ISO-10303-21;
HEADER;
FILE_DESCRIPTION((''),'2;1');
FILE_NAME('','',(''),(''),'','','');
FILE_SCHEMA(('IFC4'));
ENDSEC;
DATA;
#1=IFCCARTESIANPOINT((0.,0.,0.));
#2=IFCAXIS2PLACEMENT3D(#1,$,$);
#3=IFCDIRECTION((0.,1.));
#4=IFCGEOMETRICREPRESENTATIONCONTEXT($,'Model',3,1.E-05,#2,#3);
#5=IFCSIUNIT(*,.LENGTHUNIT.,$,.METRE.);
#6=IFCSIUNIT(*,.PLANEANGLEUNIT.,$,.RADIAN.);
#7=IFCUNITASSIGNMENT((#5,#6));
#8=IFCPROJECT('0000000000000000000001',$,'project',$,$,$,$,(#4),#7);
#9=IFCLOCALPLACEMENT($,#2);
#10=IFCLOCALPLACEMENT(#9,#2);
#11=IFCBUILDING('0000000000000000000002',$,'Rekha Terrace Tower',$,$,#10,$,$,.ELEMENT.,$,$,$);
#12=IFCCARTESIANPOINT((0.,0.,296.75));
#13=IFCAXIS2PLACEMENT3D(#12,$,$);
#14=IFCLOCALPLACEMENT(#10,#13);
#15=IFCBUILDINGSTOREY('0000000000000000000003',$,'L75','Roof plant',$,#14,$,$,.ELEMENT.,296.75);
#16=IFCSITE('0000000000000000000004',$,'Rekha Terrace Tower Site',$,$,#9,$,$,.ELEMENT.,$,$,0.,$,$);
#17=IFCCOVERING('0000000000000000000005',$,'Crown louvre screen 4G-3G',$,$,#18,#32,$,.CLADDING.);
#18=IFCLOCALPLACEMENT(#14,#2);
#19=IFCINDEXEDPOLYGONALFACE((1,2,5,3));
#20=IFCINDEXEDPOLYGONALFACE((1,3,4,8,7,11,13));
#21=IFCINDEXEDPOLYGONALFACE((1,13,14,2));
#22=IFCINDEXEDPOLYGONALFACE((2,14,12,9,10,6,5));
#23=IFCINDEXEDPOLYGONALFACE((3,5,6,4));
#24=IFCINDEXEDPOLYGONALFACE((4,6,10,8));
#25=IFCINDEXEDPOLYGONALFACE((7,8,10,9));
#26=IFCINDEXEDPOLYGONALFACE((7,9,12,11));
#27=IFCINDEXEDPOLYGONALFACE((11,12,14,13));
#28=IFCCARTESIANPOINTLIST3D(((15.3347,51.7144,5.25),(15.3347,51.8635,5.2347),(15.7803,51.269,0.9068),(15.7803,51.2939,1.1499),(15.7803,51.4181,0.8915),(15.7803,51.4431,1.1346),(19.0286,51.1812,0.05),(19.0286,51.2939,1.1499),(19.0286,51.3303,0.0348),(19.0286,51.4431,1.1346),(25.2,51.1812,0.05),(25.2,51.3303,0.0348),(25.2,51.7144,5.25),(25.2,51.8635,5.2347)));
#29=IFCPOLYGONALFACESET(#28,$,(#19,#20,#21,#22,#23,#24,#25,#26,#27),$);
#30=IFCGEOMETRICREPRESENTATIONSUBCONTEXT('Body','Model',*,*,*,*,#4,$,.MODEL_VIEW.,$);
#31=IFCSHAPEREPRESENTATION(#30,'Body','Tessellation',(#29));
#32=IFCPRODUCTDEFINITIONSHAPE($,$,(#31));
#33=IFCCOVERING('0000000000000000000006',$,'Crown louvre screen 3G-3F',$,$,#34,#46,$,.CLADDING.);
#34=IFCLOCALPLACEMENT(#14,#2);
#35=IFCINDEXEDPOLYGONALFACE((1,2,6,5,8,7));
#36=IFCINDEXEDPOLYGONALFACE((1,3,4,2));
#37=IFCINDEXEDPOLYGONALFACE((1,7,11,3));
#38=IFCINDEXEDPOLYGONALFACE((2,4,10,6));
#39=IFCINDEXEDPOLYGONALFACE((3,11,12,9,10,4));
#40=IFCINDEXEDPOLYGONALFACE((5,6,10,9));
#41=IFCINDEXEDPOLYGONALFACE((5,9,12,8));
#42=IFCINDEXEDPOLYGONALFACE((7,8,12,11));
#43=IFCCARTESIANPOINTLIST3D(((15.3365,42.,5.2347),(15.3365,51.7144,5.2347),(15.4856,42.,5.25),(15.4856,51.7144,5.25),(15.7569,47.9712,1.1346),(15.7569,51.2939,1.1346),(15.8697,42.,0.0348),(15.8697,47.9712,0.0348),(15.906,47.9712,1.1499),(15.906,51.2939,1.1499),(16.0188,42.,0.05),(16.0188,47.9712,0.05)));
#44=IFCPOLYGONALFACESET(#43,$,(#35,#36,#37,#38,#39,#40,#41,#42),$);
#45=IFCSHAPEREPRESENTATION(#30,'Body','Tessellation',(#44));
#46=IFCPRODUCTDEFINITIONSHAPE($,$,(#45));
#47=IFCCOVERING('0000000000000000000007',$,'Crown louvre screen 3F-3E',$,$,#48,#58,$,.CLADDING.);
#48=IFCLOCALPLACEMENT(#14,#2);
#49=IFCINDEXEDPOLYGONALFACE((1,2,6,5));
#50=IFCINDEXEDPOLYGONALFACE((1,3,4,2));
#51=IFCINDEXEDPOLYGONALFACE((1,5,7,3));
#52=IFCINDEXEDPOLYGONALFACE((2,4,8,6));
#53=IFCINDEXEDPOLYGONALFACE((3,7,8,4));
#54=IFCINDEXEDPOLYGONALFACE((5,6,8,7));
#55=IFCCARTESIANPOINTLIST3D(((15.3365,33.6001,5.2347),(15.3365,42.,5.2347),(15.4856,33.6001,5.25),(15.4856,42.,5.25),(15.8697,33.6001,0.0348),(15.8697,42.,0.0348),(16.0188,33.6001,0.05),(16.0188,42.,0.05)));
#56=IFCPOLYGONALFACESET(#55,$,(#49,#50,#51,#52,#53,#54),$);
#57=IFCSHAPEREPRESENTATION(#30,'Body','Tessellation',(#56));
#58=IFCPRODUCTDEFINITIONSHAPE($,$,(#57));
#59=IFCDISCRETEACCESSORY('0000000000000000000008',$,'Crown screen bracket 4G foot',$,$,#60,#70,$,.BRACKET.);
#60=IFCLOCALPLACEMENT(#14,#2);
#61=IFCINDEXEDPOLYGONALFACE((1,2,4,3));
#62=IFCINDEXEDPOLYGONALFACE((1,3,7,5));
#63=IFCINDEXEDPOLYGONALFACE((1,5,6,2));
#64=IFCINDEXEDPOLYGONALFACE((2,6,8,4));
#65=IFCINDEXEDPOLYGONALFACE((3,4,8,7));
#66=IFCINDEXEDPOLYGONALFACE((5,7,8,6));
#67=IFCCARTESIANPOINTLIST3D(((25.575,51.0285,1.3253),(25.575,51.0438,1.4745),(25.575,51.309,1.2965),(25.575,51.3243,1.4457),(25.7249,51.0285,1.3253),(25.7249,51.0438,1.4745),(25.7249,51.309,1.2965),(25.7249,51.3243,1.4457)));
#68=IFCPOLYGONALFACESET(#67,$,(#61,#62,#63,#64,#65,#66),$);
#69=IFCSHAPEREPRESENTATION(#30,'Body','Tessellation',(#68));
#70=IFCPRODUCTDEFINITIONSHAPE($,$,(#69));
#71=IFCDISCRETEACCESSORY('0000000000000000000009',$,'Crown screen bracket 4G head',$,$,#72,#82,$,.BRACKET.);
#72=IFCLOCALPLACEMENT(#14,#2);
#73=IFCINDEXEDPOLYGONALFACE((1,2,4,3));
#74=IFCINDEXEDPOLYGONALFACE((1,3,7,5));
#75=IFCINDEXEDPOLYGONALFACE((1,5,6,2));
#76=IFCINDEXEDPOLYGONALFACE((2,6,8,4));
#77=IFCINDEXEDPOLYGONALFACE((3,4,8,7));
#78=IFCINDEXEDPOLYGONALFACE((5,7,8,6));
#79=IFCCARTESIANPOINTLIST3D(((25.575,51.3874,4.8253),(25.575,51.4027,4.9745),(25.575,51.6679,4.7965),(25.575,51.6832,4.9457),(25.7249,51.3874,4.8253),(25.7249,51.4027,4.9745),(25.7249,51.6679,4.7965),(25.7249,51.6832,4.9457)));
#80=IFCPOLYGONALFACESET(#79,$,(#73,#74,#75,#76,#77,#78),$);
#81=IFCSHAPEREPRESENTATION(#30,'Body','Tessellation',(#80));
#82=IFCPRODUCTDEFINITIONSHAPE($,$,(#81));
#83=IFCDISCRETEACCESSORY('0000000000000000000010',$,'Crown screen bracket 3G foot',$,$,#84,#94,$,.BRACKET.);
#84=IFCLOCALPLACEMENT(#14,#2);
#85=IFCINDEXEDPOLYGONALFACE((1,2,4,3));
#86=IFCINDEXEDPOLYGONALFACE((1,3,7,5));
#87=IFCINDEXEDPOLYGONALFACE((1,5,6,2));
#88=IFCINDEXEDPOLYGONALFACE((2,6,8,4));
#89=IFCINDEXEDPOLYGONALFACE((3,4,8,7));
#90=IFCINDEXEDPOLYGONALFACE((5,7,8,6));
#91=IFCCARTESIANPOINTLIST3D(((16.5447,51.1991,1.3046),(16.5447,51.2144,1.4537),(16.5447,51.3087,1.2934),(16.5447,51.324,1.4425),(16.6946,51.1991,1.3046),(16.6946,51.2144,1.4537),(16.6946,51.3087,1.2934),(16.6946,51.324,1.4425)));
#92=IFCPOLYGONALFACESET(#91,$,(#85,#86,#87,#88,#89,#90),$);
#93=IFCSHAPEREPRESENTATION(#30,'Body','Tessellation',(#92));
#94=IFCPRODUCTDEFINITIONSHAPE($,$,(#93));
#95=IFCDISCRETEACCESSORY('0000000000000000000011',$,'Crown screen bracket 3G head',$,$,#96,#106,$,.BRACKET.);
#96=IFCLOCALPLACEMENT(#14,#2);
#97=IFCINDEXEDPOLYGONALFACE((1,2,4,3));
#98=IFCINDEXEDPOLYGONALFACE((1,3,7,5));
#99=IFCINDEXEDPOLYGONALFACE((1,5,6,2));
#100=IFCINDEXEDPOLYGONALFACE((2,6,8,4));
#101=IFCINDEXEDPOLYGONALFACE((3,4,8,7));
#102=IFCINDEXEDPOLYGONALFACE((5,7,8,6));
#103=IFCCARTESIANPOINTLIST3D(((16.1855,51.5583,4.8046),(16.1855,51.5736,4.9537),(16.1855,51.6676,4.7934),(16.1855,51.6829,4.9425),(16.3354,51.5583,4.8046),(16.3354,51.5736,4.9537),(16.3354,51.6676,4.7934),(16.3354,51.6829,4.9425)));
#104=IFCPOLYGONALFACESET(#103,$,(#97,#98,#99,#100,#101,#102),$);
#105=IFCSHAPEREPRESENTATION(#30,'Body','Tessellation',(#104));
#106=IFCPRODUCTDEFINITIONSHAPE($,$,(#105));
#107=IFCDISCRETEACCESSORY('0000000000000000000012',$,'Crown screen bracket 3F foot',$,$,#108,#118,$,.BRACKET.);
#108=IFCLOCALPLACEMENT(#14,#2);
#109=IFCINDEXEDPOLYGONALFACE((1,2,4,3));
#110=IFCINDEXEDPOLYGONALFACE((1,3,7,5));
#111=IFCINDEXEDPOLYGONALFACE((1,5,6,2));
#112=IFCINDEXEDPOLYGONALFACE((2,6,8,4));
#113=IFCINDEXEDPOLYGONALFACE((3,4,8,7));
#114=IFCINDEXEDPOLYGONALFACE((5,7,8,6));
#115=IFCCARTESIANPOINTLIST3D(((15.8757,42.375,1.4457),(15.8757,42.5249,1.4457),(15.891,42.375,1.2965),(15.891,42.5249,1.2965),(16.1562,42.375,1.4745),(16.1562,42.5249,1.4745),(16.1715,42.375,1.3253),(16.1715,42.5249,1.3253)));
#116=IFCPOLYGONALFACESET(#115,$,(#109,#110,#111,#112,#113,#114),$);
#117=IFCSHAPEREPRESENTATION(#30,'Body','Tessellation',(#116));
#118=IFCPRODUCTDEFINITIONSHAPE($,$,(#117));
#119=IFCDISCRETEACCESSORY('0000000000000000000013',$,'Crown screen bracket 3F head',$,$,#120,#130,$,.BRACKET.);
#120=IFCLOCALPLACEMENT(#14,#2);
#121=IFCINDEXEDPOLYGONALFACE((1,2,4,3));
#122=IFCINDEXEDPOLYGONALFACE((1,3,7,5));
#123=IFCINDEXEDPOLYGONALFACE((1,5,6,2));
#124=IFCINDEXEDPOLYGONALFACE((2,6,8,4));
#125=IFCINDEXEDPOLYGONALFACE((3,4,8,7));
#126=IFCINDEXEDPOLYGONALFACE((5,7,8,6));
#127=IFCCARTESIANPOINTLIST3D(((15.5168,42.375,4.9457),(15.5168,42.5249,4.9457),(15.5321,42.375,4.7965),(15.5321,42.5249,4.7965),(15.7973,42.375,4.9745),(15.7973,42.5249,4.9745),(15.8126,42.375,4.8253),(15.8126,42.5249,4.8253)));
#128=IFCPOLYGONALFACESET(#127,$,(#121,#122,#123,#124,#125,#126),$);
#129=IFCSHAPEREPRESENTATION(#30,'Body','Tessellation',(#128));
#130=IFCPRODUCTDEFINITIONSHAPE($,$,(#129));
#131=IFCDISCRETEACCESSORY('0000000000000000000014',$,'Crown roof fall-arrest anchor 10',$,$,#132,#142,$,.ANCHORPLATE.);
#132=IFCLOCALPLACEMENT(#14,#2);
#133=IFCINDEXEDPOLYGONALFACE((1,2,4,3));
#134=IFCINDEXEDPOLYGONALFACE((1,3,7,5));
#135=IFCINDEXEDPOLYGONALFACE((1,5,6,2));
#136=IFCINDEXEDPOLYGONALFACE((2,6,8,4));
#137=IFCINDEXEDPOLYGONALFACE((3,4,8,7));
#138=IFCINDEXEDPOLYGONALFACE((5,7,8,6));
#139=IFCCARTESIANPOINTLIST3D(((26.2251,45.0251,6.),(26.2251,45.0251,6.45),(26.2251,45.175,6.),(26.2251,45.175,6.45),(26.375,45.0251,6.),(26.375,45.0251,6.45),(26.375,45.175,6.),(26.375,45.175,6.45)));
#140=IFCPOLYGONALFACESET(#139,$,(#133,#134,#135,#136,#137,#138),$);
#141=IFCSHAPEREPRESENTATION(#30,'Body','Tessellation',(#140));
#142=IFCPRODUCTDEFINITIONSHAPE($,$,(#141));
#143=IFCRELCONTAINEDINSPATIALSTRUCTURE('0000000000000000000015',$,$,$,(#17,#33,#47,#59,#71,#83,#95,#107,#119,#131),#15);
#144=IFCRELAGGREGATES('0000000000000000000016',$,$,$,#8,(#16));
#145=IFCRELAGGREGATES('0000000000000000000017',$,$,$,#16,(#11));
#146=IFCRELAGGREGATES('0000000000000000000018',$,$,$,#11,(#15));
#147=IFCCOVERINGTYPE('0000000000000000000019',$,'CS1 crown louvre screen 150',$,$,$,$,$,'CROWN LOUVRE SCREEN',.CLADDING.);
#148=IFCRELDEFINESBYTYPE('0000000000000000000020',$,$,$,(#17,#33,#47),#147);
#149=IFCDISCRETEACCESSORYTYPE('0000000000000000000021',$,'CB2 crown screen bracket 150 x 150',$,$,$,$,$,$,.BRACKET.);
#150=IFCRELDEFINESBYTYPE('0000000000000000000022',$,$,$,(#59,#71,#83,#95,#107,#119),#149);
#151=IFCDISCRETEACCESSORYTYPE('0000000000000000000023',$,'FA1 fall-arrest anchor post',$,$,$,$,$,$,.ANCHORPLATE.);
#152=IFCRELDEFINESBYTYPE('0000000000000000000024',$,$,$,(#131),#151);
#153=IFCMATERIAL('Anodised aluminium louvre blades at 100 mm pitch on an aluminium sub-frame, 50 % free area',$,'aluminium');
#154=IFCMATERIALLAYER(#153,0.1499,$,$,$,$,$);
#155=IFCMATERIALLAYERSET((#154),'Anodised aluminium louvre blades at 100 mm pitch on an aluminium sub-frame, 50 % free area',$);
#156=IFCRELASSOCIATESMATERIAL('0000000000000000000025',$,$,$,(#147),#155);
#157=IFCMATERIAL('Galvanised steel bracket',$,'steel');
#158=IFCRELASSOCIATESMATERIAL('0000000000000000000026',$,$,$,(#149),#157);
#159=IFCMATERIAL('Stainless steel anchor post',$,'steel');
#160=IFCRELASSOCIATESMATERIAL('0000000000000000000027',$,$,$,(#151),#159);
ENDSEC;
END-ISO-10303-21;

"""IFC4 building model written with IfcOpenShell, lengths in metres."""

from ifc_helpers import new_model, si_unit, direction, frame, origin, origin_2d, place, context, subcontext, project, spatial, polyline, rectangle, outline, extrude, material, layer, layer_set, type_object, element, save


model = new_model("IFC4")

# Units and contexts
model_context = context("Model", 3, precision=1e-05, world=origin(), true_north=direction((0.0, 1.0)))
body_context = subcontext(model_context, "Body", "Model", "MODEL_VIEW")
ifc_project = project(units=[si_unit("LENGTHUNIT", "METRE"), si_unit("PLANEANGLEUNIT", "RADIAN")], contexts=[model_context])

# Site, building, storey
site_placement = place(None, origin())
site = spatial("IfcSite", under=ifc_project, at=site_placement, Name="Rekha Terrace Tower Site", CompositionType="ELEMENT", RefElevation=0.0)
building_placement = place(site_placement, origin())
building = spatial("IfcBuilding", under=site, at=building_placement, Name="Rekha Terrace Tower", CompositionType="ELEMENT")
storey_placement = place(building_placement, frame((0.0, 0.0, 296.75)))
storey = spatial("IfcBuildingStorey", under=building, at=storey_placement, Name="L75", Description="Roof plant", CompositionType="ELEMENT", Elevation=296.75)

# Coverings
ifc_material_1 = material(Name="Anodised aluminium louvre blades at 100 mm pitch on an aluminium sub-frame, 50 % free area", Category="aluminium")
ifc_layer_1 = layer(ifc_material_1, 0.1499)
ifc_layer_set_1 = layer_set([ifc_layer_1], Name="Anodised aluminium louvre blades at 100 mm pitch on an aluminium sub-frame, 50 % free area")
covering_type_1 = type_object("IfcCoveringType", Name="CS1 crown louvre screen 150", ElementType="CROWN LOUVRE SCREEN", PredefinedType="CLADDING", material=ifc_layer_set_1)
covering_1_placement = place(storey_placement, frame((25.2, 51.1812, 0.05), z_axis=(0.0, -0.994784, 0.102004), x_axis=(-1.0, 0.0, 0.0)))
element("IfcCovering", 1, at=covering_1_placement, inside=storey, type_object=covering_type_1, Name="Crown louvre screen 4G-3G", PredefinedType="CLADDING", context=body_context, shape_type="SweptSolid", body=[
    extrude(outline(polyline([(0.0, 0.0), (6.1714, 0.0), (6.1714, -1.1056), (9.4197, -1.1056), (9.4197, 0.0), (9.3318, 0.0), (9.8652, -5.2272), (0.0, -5.2272), (0.0, 0.0)])), origin(), (0.0, 0.0, -1.0), 0.1499),
])
covering_2_placement = place(storey_placement, frame((15.906, 51.2939, 1.1499), z_axis=(0.994784, 0.000001, 0.102004), x_axis=(0.000001, -1.0, 0.0)))
element("IfcCovering", 2, at=covering_2_placement, inside=storey, type_object=covering_type_1, Name="Crown louvre screen 3G-3F", PredefinedType="CLADDING", context=body_context, shape_type="SweptSolid", body=[
    extrude(outline(polyline([(0.0, 0.0), (3.3228, 0.0), (3.3228, 1.1056), (9.2939, 1.1056), (9.2939, -4.1216), (-0.4204, -4.1216), (0.0, 0.0)])), origin(), (0.0, 0.0, -1.0), 0.1499),
])
covering_3_placement = place(storey_placement, frame((16.0188, 42.0, 0.05), z_axis=(0.994784, 0.0, 0.102005), x_axis=(0.0, -1.0, 0.0)))
element("IfcCovering", 3, at=covering_3_placement, inside=storey, type_object=covering_type_1, Name="Crown louvre screen 3F-3E", PredefinedType="CLADDING", context=body_context, shape_type="SweptSolid", body=[
    extrude(outline(polyline([(0.0, 0.0), (8.3999, 0.0), (8.3999, -5.2272), (0.0, -5.2272), (0.0, 0.0)])), origin(), (0.0, 0.0, -1.0), 0.1499),
])

# Discrete accessories
ifc_material_2 = material(Name="Galvanised steel bracket", Category="steel")
discrete_accessory_type_1 = type_object("IfcDiscreteAccessoryType", Name="CB2 crown screen bracket 150 x 150", PredefinedType="BRACKET", material=ifc_material_2)
for number, where, z_axis, x_axis, name in (
    (4, (25.6499, 51.0361, 1.3999), (0.0, 0.994768, -0.102161), (-1.0, 0.0, 0.0), "Crown screen bracket 4G foot"),
    (5, (25.6499, 51.395, 4.8999), (0.0, 0.994768, -0.102161), (-1.0, 0.0, 0.0), "Crown screen bracket 4G head"),
):
    element("IfcDiscreteAccessory", number, at=place(storey_placement, frame(where, z_axis=z_axis, x_axis=x_axis)), inside=storey, type_object=discrete_accessory_type_1, Name=name, PredefinedType="BRACKET", context=body_context, shape_type="SweptSolid", body=[
        extrude(rectangle(XDim=0.1499, YDim=0.1499, at=origin_2d()), origin(), (0.0, 0.0, 1.0), 0.282),
    ])
discrete_accessory_1_placement = place(storey_placement, frame((16.6196, 51.2068, 1.3792), z_axis=(0.0, 0.994793, -0.101916), x_axis=(-1.0, 0.0, 0.0)))
element("IfcDiscreteAccessory", 6, at=discrete_accessory_1_placement, inside=storey, type_object=discrete_accessory_type_1, Name="Crown screen bracket 3G foot", PredefinedType="BRACKET", context=body_context, shape_type="SweptSolid", body=[
    extrude(rectangle(XDim=0.1499, YDim=0.1499, at=origin_2d()), origin(), (0.0, 0.0, 1.0), 0.1101),
])
discrete_accessory_2_placement = place(storey_placement, frame((16.2605, 51.5659, 4.8792), z_axis=(0.0, 0.99477, -0.102142), x_axis=(-1.0, 0.0, 0.0)))
element("IfcDiscreteAccessory", 7, at=discrete_accessory_2_placement, inside=storey, type_object=discrete_accessory_type_1, Name="Crown screen bracket 3G head", PredefinedType="BRACKET", context=body_context, shape_type="SweptSolid", body=[
    extrude(rectangle(XDim=0.1499, YDim=0.1499, at=origin_2d()), origin(), (0.0, 0.0, 1.0), 0.1099),
])
for number, where, z_axis, x_axis, name in (
    (8, (16.1638, 42.45, 1.3999), (-0.994768, 0.0, -0.102161), (0.0, -1.0, 0.0), "Crown screen bracket 3F foot"),
    (9, (15.8049, 42.45, 4.8999), (-0.994768, 0.0, -0.102161), (0.0, -1.0, 0.0), "Crown screen bracket 3F head"),
):
    element("IfcDiscreteAccessory", number, at=place(storey_placement, frame(where, z_axis=z_axis, x_axis=x_axis)), inside=storey, type_object=discrete_accessory_type_1, Name=name, PredefinedType="BRACKET", context=body_context, shape_type="SweptSolid", body=[
        extrude(rectangle(XDim=0.1499, YDim=0.1499, at=origin_2d()), origin(), (0.0, 0.0, 1.0), 0.282),
    ])
ifc_material_3 = material(Name="Stainless steel anchor post", Category="steel")
discrete_accessory_type_2 = type_object("IfcDiscreteAccessoryType", Name="FA1 fall-arrest anchor post", PredefinedType="ANCHORPLATE", material=ifc_material_3)
discrete_accessory_3_placement = place(storey_placement, frame((26.3, 45.1001, 6.0), z_axis=(0.0, 0.0, 1.0), x_axis=(1.0, 0.0, 0.0)))
element("IfcDiscreteAccessory", 10, at=discrete_accessory_3_placement, inside=storey, type_object=discrete_accessory_type_2, Name="Crown roof fall-arrest anchor 10", PredefinedType="ANCHORPLATE", context=body_context, shape_type="SweptSolid", body=[
    extrude(rectangle(XDim=0.1499, YDim=0.1499, at=origin_2d()), origin(), (0.0, 0.0, 1.0), 0.45),
])

save(model, "model.ifc")
